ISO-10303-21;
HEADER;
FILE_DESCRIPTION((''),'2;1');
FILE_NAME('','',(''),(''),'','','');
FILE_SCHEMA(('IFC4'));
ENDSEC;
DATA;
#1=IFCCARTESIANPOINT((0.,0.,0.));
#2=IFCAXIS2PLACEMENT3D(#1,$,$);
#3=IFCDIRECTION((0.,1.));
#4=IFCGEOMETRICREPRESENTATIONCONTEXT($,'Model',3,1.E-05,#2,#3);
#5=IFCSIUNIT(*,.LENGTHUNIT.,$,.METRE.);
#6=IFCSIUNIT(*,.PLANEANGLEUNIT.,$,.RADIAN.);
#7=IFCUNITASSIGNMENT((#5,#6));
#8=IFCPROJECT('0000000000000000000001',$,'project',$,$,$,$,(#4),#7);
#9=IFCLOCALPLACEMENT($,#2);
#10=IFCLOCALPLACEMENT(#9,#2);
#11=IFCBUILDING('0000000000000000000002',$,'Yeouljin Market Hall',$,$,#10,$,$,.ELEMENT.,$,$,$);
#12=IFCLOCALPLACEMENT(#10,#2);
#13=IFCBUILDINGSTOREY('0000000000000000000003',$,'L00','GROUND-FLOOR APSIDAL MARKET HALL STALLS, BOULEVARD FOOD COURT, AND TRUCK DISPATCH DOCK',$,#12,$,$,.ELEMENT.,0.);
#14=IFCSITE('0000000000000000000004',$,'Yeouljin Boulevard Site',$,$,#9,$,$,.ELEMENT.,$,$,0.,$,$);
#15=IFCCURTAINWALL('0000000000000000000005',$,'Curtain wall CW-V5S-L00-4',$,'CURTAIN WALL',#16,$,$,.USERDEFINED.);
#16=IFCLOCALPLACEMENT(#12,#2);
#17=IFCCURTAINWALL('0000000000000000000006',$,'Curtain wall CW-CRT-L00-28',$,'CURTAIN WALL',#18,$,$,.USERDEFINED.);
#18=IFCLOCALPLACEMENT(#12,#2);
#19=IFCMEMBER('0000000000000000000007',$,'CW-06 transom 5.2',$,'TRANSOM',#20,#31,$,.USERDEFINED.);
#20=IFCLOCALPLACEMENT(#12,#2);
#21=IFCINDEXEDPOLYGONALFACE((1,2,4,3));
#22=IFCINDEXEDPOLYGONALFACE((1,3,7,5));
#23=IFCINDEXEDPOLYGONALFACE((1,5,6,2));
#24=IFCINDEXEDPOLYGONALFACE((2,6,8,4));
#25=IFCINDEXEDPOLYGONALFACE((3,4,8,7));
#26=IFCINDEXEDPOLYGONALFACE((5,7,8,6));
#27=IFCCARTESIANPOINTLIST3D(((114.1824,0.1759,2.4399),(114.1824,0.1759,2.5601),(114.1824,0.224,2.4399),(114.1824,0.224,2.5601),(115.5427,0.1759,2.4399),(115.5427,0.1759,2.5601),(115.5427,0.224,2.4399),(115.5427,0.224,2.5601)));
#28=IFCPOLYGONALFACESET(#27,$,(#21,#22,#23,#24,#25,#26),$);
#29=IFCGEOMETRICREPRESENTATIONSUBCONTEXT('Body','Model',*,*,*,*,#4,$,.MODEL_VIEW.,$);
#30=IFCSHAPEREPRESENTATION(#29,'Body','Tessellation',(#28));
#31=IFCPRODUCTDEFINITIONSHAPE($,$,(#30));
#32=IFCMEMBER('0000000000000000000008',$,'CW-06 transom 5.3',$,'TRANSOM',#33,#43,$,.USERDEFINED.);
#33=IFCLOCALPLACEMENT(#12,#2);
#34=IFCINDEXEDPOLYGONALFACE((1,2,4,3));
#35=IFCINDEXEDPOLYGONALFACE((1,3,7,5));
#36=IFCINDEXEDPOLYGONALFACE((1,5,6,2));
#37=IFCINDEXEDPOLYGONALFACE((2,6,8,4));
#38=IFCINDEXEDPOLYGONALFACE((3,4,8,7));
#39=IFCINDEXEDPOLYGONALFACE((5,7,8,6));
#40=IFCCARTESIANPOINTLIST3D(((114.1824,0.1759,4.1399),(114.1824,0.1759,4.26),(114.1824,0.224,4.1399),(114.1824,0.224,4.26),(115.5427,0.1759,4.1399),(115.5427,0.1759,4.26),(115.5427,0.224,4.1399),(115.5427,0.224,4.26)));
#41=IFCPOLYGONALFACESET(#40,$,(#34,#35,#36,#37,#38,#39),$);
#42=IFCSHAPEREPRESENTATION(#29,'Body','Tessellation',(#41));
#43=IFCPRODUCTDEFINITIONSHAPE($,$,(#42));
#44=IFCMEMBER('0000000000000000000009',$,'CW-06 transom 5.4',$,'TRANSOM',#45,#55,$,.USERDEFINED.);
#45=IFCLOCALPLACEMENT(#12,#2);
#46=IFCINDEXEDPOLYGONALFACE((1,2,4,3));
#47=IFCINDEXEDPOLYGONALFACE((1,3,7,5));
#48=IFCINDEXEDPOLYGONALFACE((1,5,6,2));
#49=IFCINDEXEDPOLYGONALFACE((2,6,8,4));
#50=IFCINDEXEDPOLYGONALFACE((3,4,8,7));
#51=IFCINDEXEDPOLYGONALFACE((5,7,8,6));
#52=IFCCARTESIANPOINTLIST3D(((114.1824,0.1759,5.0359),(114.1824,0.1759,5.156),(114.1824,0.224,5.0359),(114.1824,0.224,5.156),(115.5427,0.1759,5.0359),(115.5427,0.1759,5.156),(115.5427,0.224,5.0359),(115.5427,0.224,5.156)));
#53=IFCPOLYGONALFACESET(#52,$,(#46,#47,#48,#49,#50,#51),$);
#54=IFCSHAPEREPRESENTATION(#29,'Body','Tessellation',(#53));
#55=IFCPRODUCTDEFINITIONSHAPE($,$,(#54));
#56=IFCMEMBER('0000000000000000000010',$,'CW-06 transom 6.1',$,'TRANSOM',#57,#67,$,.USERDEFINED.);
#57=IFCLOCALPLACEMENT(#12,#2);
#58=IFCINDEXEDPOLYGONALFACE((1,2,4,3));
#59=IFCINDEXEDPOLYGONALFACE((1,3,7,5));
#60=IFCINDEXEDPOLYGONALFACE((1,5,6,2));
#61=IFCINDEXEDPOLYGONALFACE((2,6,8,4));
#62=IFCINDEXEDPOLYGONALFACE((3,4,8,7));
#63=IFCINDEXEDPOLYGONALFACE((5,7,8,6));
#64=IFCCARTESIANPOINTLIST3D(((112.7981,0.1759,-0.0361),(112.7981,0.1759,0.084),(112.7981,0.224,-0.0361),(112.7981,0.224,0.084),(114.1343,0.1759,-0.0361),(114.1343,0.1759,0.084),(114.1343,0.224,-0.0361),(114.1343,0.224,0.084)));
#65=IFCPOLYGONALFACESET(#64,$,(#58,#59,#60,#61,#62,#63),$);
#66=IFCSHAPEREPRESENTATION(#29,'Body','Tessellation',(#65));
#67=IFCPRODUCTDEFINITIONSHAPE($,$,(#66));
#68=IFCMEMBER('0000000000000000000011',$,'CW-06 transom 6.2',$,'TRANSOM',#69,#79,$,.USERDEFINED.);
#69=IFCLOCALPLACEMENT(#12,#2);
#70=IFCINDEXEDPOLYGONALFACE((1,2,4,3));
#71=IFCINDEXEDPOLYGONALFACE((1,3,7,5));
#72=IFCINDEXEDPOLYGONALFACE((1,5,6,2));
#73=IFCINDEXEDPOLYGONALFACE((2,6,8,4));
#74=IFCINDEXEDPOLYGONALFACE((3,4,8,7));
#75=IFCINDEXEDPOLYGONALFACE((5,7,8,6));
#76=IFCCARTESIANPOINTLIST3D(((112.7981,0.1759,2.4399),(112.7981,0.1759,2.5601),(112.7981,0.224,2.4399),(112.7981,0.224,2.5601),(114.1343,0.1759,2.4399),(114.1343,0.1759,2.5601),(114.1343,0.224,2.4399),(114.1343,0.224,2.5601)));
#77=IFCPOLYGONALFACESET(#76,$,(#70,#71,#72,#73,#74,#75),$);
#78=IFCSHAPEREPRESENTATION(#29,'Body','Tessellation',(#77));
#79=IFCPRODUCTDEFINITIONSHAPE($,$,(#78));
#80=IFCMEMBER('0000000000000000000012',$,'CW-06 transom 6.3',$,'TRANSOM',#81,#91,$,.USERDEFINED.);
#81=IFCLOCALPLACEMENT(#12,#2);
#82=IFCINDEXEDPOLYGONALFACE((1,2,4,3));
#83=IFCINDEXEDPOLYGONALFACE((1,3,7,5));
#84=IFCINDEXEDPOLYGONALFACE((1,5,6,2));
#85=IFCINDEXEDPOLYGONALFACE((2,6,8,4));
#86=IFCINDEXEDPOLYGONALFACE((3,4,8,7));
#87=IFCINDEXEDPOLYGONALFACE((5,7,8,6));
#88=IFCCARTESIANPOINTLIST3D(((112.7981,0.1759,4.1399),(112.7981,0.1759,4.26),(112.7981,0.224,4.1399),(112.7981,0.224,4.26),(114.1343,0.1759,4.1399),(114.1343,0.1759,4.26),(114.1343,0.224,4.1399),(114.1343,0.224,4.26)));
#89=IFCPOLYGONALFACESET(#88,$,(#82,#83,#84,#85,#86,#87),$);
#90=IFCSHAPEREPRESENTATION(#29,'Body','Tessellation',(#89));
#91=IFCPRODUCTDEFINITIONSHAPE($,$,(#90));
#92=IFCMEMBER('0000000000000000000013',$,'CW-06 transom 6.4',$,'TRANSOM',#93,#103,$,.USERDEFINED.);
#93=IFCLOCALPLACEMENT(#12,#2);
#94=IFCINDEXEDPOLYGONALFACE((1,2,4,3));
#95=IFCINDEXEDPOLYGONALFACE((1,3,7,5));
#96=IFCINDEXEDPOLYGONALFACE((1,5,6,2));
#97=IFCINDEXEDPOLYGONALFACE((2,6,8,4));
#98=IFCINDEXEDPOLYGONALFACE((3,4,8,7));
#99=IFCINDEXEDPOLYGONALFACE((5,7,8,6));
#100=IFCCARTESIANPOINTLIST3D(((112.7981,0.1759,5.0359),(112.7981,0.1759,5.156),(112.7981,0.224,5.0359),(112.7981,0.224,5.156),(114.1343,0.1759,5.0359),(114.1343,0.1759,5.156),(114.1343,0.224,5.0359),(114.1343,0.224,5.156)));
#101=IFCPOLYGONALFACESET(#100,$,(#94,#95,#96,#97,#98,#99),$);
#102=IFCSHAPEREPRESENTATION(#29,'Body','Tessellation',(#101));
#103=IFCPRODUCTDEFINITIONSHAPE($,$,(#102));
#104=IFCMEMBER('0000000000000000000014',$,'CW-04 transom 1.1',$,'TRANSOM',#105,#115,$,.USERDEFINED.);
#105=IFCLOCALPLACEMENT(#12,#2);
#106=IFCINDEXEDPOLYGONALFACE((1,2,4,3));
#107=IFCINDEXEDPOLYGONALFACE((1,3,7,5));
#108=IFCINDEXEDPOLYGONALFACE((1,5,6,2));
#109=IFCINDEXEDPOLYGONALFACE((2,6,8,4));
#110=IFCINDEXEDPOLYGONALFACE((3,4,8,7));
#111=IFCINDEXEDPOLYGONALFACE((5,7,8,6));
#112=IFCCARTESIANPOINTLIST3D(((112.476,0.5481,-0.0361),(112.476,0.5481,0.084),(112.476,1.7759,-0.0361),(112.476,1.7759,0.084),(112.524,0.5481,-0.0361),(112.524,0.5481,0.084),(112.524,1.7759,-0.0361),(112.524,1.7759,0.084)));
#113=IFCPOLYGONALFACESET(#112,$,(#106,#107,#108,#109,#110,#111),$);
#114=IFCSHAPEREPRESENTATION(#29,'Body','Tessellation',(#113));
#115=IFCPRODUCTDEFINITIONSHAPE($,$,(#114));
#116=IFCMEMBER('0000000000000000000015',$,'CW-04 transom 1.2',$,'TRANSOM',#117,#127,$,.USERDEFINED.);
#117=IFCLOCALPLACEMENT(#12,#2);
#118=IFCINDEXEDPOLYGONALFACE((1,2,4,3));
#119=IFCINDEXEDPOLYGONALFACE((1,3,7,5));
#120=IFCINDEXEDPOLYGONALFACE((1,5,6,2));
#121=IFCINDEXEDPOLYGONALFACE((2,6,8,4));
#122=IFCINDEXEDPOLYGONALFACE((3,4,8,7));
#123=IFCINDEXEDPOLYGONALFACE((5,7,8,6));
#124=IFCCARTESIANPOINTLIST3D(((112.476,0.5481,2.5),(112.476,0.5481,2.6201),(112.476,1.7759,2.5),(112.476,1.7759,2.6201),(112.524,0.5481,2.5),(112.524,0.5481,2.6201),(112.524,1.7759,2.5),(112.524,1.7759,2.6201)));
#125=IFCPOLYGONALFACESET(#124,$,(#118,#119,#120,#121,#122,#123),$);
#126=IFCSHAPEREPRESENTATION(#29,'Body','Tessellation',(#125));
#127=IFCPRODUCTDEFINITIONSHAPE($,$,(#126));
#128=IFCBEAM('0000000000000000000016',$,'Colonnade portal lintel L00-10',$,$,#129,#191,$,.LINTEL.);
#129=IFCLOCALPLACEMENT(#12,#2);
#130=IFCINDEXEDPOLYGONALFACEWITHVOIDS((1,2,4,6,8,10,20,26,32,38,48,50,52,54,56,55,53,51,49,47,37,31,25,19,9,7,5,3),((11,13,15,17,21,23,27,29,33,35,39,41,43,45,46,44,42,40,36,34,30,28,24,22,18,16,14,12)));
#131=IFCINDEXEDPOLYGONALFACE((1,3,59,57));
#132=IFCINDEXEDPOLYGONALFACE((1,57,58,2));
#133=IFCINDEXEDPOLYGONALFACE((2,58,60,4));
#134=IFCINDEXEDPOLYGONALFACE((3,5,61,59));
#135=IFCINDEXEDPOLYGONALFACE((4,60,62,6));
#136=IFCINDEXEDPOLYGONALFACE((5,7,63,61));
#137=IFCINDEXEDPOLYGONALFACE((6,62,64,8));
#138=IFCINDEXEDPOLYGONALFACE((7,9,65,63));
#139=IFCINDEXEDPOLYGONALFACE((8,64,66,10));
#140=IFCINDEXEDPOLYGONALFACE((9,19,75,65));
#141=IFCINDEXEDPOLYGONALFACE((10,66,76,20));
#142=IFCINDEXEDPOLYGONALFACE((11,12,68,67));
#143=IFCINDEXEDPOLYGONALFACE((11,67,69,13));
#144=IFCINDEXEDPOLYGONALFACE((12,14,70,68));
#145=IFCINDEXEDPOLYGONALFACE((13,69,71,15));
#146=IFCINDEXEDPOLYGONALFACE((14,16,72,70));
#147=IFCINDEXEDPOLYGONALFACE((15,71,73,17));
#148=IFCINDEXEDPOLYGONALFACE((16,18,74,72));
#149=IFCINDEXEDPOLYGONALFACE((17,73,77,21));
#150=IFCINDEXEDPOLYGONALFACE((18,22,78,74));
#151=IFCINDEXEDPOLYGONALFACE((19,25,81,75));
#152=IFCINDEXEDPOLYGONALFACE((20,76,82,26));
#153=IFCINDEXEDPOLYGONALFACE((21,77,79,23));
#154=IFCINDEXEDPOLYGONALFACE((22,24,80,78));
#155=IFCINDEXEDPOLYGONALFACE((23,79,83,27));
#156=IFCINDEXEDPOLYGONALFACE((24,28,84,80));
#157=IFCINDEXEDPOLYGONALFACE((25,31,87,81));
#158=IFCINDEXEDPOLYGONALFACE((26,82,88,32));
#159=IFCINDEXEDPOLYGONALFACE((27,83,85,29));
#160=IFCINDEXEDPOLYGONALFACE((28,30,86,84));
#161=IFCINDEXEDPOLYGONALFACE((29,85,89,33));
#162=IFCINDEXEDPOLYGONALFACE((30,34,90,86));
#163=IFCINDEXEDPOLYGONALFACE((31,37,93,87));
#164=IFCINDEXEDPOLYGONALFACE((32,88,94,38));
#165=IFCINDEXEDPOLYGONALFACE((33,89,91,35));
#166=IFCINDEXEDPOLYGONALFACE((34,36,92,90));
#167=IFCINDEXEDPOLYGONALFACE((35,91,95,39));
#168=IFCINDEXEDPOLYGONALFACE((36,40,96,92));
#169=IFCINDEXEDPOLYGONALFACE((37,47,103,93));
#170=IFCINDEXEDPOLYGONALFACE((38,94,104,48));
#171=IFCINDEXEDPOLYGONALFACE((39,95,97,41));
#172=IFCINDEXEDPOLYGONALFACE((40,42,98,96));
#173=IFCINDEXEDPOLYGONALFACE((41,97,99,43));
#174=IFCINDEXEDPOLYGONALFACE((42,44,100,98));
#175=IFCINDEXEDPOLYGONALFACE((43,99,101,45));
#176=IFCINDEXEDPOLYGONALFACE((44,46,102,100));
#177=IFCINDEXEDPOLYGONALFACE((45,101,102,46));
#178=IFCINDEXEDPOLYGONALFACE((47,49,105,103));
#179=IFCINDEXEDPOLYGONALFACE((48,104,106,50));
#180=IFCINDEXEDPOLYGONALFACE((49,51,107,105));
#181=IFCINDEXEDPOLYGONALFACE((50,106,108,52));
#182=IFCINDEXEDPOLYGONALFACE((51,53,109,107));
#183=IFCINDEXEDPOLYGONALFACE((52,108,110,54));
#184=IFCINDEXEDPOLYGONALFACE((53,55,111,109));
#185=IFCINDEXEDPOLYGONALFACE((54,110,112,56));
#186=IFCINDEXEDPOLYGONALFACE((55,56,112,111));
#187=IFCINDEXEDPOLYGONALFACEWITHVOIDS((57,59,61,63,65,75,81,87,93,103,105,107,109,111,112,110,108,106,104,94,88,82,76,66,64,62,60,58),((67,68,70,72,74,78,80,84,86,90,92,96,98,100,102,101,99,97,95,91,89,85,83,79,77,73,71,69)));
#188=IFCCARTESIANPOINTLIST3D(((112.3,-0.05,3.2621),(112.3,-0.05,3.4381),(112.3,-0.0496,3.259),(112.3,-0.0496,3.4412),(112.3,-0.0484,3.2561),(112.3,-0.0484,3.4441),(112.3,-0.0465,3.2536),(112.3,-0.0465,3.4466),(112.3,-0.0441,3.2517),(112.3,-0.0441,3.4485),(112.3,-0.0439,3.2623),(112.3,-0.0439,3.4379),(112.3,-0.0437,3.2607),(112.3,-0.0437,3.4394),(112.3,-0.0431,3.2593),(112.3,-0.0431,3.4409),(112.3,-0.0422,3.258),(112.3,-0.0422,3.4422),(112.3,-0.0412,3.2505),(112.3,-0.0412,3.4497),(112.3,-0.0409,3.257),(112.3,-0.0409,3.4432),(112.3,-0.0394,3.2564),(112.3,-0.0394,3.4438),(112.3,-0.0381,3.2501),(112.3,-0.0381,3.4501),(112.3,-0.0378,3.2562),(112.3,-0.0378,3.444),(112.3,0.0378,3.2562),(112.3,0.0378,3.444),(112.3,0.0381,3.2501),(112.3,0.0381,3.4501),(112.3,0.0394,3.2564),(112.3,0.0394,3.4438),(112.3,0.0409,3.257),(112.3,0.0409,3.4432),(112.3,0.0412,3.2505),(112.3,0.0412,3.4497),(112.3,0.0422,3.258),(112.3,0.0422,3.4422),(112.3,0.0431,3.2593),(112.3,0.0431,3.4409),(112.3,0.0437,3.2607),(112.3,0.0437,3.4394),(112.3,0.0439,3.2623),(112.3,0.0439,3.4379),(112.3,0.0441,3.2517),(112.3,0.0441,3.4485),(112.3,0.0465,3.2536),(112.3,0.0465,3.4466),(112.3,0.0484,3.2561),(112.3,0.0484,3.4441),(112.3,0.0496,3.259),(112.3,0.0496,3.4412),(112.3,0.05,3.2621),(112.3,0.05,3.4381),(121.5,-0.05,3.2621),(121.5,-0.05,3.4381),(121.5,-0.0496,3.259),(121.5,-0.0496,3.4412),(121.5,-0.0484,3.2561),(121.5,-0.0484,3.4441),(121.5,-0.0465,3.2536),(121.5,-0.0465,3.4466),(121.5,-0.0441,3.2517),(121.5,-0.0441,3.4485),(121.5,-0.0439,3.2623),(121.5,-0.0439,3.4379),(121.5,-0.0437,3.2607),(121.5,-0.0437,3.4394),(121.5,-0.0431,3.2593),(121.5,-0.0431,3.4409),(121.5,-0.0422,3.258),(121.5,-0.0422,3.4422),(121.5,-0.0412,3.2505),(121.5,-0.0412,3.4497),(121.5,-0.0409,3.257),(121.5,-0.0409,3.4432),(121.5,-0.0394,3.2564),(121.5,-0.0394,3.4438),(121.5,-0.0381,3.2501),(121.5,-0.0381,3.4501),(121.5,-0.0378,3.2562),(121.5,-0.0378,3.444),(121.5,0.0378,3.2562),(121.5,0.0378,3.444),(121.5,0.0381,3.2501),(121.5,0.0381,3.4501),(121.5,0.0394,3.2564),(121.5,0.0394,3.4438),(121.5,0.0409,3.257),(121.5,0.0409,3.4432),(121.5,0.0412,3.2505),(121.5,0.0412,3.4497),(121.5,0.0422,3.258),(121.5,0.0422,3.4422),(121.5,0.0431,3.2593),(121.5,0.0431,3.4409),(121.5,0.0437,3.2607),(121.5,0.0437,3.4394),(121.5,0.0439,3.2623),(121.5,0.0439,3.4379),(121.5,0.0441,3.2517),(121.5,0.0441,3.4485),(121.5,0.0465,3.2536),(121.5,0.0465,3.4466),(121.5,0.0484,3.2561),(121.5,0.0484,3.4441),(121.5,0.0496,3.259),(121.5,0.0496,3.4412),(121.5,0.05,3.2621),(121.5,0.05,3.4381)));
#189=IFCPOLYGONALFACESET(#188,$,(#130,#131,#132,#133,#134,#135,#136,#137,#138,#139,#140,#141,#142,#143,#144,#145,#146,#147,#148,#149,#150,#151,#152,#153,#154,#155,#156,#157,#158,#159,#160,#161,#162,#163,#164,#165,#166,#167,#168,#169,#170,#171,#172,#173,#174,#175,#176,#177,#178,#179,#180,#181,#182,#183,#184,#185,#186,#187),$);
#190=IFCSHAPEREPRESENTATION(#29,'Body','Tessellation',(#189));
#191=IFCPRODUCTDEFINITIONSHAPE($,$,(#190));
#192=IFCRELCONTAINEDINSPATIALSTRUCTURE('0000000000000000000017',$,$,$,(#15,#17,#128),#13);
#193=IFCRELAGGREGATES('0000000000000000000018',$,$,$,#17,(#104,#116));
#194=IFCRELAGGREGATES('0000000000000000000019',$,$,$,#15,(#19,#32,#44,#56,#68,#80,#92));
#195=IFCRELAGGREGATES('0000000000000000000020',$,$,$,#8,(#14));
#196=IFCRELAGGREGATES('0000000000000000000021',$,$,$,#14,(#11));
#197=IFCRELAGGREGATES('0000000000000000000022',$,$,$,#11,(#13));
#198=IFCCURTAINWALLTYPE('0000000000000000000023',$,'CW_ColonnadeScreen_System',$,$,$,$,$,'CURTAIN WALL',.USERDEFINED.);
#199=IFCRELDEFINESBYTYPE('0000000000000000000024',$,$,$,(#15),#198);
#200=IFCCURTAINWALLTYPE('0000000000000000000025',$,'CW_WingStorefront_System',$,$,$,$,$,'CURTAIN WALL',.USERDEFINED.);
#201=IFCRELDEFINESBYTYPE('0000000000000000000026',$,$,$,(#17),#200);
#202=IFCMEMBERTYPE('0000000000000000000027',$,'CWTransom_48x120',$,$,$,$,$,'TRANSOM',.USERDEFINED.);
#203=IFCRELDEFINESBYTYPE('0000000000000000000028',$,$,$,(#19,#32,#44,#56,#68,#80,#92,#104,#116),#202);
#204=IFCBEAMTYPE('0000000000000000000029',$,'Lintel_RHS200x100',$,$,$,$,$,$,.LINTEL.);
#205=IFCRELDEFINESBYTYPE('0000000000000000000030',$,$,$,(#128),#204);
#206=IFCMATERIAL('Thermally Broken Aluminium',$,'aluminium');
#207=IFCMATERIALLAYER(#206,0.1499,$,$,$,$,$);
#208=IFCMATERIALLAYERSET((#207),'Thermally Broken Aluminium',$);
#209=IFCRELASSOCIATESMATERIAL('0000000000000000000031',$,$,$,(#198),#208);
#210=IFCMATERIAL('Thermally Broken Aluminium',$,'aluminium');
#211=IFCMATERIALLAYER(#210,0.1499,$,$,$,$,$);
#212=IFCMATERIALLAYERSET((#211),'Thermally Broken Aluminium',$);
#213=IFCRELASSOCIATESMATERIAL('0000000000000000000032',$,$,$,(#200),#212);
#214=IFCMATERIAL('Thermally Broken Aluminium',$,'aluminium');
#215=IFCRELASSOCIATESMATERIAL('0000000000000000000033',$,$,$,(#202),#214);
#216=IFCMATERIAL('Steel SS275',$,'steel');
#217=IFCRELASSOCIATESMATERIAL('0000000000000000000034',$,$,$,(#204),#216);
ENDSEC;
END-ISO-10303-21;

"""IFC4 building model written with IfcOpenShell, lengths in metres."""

from ifc_helpers import new_model, si_unit, direction, frame, origin, origin_2d, place, context, subcontext, project, spatial, rectangle, hollow_rectangle, extrude, material, layer, layer_set, material_profile, profile_set, type_object, element, aggregate, save


model = new_model("IFC4")

# Units and contexts
model_context = context("Model", 3, precision=1e-05, world=origin(), true_north=direction((0.0, 1.0)))
body_context = subcontext(model_context, "Body", "Model", "MODEL_VIEW")
ifc_project = project(units=[si_unit("LENGTHUNIT", "METRE"), si_unit("PLANEANGLEUNIT", "RADIAN")], contexts=[model_context])

# Site, building, storey
site_placement = place(None, origin())
site = spatial("IfcSite", under=ifc_project, at=site_placement, Name="Yeouljin Boulevard Site", CompositionType="ELEMENT", RefElevation=0.0)
building_placement = place(site_placement, origin())
building = spatial("IfcBuilding", under=site, at=building_placement, Name="Yeouljin Market Hall", CompositionType="ELEMENT")
storey_placement = place(building_placement, origin())
storey = spatial("IfcBuildingStorey", under=building, at=storey_placement, Name="L00", Description="GROUND-FLOOR APSIDAL MARKET HALL STALLS, BOULEVARD FOOD COURT, AND TRUCK DISPATCH DOCK", CompositionType="ELEMENT", Elevation=0.0)

# Curtain wall
ifc_material_1 = material(Name="Thermally Broken Aluminium", Category="aluminium")
ifc_layer_1 = layer(ifc_material_1, 0.1499)
ifc_layer_set_1 = layer_set([ifc_layer_1], Name="Thermally Broken Aluminium")
curtain_wall_type_1 = type_object("IfcCurtainWallType", Name="CW_ColonnadeScreen_System", ElementType="CURTAIN WALL", PredefinedType="USERDEFINED", material=ifc_layer_set_1)
curtain_wall_1_placement = place(storey_placement, origin())
curtain_wall_1 = element("IfcCurtainWall", 1, at=curtain_wall_1_placement, inside=storey, type_object=curtain_wall_type_1, Name="Curtain wall CW-V5S-L00-4", ObjectType="CURTAIN WALL", PredefinedType="USERDEFINED")

# Curtain wall
ifc_material_2 = material(Name="Thermally Broken Aluminium", Category="aluminium")
ifc_layer_2 = layer(ifc_material_2, 0.1499)
ifc_layer_set_2 = layer_set([ifc_layer_2], Name="Thermally Broken Aluminium")
curtain_wall_type_2 = type_object("IfcCurtainWallType", Name="CW_WingStorefront_System", ElementType="CURTAIN WALL", PredefinedType="USERDEFINED", material=ifc_layer_set_2)
curtain_wall_2_placement = place(storey_placement, origin())
curtain_wall_2 = element("IfcCurtainWall", 2, at=curtain_wall_2_placement, inside=storey, type_object=curtain_wall_type_2, Name="Curtain wall CW-CRT-L00-28", ObjectType="CURTAIN WALL", PredefinedType="USERDEFINED")

# Members
ifc_material_3 = material(Name="Thermally Broken Aluminium", Category="aluminium")
ifc_material_profile_1 = material_profile(ifc_material_3, rectangle(XDim=0.0481, YDim=0.1201, at=origin_2d()), Name="CW-TRAN-48x120")
ifc_profile_set_1 = profile_set([ifc_material_profile_1], Name="Thermally Broken Aluminium")
member_type_1 = type_object("IfcMemberType", Name="CWTransom_48x120", ElementType="TRANSOM", PredefinedType="USERDEFINED", material=ifc_profile_set_1)
member_1_placement = place(storey_placement, frame((115.5427, 0.2, 2.5), z_axis=(-1.0, 0.0, 0.0), x_axis=(0.0, -1.0, 0.0)))
member_1 = element("IfcMember", 3, at=member_1_placement, type_object=member_type_1, Name="CW-06 transom 5.2", ObjectType="TRANSOM", PredefinedType="USERDEFINED", context=body_context, shape_type="SweptSolid", body=[
    extrude(rectangle(XDim=0.0481, YDim=0.1201, at=origin_2d()), origin(), (0.0, 0.0, 1.0), 1.3604),
])
member_2_placement = place(storey_placement, frame((115.5427, 0.2, 4.2), z_axis=(-1.0, 0.0, 0.0), x_axis=(0.0, -1.0, 0.0)))
member_2 = element("IfcMember", 4, at=member_2_placement, type_object=member_type_1, Name="CW-06 transom 5.3", ObjectType="TRANSOM", PredefinedType="USERDEFINED", context=body_context, shape_type="SweptSolid", body=[
    extrude(rectangle(XDim=0.0481, YDim=0.1201, at=origin_2d()), origin(), (0.0, 0.0, 1.0), 1.3604),
])
member_3_placement = place(storey_placement, frame((115.5427, 0.2, 5.0959), z_axis=(-1.0, 0.0, 0.0), x_axis=(0.0, -1.0, 0.0)))
member_3 = element("IfcMember", 5, at=member_3_placement, type_object=member_type_1, Name="CW-06 transom 5.4", ObjectType="TRANSOM", PredefinedType="USERDEFINED", context=body_context, shape_type="SweptSolid", body=[
    extrude(rectangle(XDim=0.0481, YDim=0.1201, at=origin_2d()), origin(), (0.0, 0.0, 1.0), 1.3604),
])
member_4_placement = place(storey_placement, frame((114.1343, 0.2, 0.0239), z_axis=(-1.0, 0.0, 0.0), x_axis=(0.0, -1.0, 0.0)))
member_4 = element("IfcMember", 6, at=member_4_placement, type_object=member_type_1, Name="CW-06 transom 6.1", ObjectType="TRANSOM", PredefinedType="USERDEFINED", context=body_context, shape_type="SweptSolid", body=[
    extrude(rectangle(XDim=0.0481, YDim=0.1201, at=origin_2d()), origin(), (0.0, 0.0, 1.0), 1.3362),
])
member_5_placement = place(storey_placement, frame((114.1343, 0.2, 2.5), z_axis=(-1.0, 0.0, 0.0), x_axis=(0.0, -1.0, 0.0)))
member_5 = element("IfcMember", 7, at=member_5_placement, type_object=member_type_1, Name="CW-06 transom 6.2", ObjectType="TRANSOM", PredefinedType="USERDEFINED", context=body_context, shape_type="SweptSolid", body=[
    extrude(rectangle(XDim=0.0481, YDim=0.1201, at=origin_2d()), origin(), (0.0, 0.0, 1.0), 1.3362),
])
member_6_placement = place(storey_placement, frame((114.1343, 0.2, 4.2), z_axis=(-1.0, 0.0, 0.0), x_axis=(0.0, -1.0, 0.0)))
member_6 = element("IfcMember", 8, at=member_6_placement, type_object=member_type_1, Name="CW-06 transom 6.3", ObjectType="TRANSOM", PredefinedType="USERDEFINED", context=body_context, shape_type="SweptSolid", body=[
    extrude(rectangle(XDim=0.0481, YDim=0.1201, at=origin_2d()), origin(), (0.0, 0.0, 1.0), 1.3362),
])
member_7_placement = place(storey_placement, frame((114.1343, 0.2, 5.0959), z_axis=(-1.0, 0.0, 0.0), x_axis=(0.0, -1.0, 0.0)))
member_7 = element("IfcMember", 9, at=member_7_placement, type_object=member_type_1, Name="CW-06 transom 6.4", ObjectType="TRANSOM", PredefinedType="USERDEFINED", context=body_context, shape_type="SweptSolid", body=[
    extrude(rectangle(XDim=0.0481, YDim=0.1201, at=origin_2d()), origin(), (0.0, 0.0, 1.0), 1.3362),
])
member_8_placement = place(storey_placement, frame((112.5, 0.5481, 0.0239), z_axis=(0.0, 1.0, 0.0), x_axis=(-1.0, 0.0, 0.0)))
member_8 = element("IfcMember", 10, at=member_8_placement, type_object=member_type_1, Name="CW-04 transom 1.1", ObjectType="TRANSOM", PredefinedType="USERDEFINED", context=body_context, shape_type="SweptSolid", body=[
    extrude(rectangle(XDim=0.0481, YDim=0.1201, at=origin_2d()), origin(), (0.0, 0.0, 1.0), 1.2278),
])
member_9_placement = place(storey_placement, frame((112.5, 0.5481, 2.5601), z_axis=(0.0, 1.0, 0.0), x_axis=(-1.0, 0.0, 0.0)))
member_9 = element("IfcMember", 11, at=member_9_placement, type_object=member_type_1, Name="CW-04 transom 1.2", ObjectType="TRANSOM", PredefinedType="USERDEFINED", context=body_context, shape_type="SweptSolid", body=[
    extrude(rectangle(XDim=0.0481, YDim=0.1201, at=origin_2d()), origin(), (0.0, 0.0, 1.0), 1.2278),
])
aggregate(curtain_wall_2, [member_8, member_9])

# Beam
ifc_material_4 = material(Name="Steel SS275", Category="steel")
ifc_material_profile_2 = material_profile(ifc_material_4, hollow_rectangle(XDim=0.1001, YDim=0.2, WallThickness=0.0061, InnerFilletRadius=0.0061, OuterFilletRadius=0.012, at=origin_2d()), Name="RHS-200x100x6")
ifc_profile_set_2 = profile_set([ifc_material_profile_2], Name="Steel SS275")
beam_type = type_object("IfcBeamType", Name="Lintel_RHS200x100", PredefinedType="LINTEL", material=ifc_profile_set_2)
beam_placement = place(storey_placement, frame((112.3, 0.0, 3.3501), z_axis=(1.0, 0.0, 0.0), x_axis=(0.0, 1.0, 0.0)))
element("IfcBeam", 12, at=beam_placement, inside=storey, type_object=beam_type, Name="Colonnade portal lintel L00-10", PredefinedType="LINTEL", context=body_context, shape_type="SweptSolid", body=[
    extrude(hollow_rectangle(XDim=0.1001, YDim=0.2, WallThickness=0.0061, InnerFilletRadius=0.0061, OuterFilletRadius=0.012, at=origin_2d()), origin(), (0.0, 0.0, 1.0), 9.2),
])

aggregate(curtain_wall_1, [member_1, member_2, member_3, member_4, member_5, member_6, member_7])

save(model, "model.ifc")
